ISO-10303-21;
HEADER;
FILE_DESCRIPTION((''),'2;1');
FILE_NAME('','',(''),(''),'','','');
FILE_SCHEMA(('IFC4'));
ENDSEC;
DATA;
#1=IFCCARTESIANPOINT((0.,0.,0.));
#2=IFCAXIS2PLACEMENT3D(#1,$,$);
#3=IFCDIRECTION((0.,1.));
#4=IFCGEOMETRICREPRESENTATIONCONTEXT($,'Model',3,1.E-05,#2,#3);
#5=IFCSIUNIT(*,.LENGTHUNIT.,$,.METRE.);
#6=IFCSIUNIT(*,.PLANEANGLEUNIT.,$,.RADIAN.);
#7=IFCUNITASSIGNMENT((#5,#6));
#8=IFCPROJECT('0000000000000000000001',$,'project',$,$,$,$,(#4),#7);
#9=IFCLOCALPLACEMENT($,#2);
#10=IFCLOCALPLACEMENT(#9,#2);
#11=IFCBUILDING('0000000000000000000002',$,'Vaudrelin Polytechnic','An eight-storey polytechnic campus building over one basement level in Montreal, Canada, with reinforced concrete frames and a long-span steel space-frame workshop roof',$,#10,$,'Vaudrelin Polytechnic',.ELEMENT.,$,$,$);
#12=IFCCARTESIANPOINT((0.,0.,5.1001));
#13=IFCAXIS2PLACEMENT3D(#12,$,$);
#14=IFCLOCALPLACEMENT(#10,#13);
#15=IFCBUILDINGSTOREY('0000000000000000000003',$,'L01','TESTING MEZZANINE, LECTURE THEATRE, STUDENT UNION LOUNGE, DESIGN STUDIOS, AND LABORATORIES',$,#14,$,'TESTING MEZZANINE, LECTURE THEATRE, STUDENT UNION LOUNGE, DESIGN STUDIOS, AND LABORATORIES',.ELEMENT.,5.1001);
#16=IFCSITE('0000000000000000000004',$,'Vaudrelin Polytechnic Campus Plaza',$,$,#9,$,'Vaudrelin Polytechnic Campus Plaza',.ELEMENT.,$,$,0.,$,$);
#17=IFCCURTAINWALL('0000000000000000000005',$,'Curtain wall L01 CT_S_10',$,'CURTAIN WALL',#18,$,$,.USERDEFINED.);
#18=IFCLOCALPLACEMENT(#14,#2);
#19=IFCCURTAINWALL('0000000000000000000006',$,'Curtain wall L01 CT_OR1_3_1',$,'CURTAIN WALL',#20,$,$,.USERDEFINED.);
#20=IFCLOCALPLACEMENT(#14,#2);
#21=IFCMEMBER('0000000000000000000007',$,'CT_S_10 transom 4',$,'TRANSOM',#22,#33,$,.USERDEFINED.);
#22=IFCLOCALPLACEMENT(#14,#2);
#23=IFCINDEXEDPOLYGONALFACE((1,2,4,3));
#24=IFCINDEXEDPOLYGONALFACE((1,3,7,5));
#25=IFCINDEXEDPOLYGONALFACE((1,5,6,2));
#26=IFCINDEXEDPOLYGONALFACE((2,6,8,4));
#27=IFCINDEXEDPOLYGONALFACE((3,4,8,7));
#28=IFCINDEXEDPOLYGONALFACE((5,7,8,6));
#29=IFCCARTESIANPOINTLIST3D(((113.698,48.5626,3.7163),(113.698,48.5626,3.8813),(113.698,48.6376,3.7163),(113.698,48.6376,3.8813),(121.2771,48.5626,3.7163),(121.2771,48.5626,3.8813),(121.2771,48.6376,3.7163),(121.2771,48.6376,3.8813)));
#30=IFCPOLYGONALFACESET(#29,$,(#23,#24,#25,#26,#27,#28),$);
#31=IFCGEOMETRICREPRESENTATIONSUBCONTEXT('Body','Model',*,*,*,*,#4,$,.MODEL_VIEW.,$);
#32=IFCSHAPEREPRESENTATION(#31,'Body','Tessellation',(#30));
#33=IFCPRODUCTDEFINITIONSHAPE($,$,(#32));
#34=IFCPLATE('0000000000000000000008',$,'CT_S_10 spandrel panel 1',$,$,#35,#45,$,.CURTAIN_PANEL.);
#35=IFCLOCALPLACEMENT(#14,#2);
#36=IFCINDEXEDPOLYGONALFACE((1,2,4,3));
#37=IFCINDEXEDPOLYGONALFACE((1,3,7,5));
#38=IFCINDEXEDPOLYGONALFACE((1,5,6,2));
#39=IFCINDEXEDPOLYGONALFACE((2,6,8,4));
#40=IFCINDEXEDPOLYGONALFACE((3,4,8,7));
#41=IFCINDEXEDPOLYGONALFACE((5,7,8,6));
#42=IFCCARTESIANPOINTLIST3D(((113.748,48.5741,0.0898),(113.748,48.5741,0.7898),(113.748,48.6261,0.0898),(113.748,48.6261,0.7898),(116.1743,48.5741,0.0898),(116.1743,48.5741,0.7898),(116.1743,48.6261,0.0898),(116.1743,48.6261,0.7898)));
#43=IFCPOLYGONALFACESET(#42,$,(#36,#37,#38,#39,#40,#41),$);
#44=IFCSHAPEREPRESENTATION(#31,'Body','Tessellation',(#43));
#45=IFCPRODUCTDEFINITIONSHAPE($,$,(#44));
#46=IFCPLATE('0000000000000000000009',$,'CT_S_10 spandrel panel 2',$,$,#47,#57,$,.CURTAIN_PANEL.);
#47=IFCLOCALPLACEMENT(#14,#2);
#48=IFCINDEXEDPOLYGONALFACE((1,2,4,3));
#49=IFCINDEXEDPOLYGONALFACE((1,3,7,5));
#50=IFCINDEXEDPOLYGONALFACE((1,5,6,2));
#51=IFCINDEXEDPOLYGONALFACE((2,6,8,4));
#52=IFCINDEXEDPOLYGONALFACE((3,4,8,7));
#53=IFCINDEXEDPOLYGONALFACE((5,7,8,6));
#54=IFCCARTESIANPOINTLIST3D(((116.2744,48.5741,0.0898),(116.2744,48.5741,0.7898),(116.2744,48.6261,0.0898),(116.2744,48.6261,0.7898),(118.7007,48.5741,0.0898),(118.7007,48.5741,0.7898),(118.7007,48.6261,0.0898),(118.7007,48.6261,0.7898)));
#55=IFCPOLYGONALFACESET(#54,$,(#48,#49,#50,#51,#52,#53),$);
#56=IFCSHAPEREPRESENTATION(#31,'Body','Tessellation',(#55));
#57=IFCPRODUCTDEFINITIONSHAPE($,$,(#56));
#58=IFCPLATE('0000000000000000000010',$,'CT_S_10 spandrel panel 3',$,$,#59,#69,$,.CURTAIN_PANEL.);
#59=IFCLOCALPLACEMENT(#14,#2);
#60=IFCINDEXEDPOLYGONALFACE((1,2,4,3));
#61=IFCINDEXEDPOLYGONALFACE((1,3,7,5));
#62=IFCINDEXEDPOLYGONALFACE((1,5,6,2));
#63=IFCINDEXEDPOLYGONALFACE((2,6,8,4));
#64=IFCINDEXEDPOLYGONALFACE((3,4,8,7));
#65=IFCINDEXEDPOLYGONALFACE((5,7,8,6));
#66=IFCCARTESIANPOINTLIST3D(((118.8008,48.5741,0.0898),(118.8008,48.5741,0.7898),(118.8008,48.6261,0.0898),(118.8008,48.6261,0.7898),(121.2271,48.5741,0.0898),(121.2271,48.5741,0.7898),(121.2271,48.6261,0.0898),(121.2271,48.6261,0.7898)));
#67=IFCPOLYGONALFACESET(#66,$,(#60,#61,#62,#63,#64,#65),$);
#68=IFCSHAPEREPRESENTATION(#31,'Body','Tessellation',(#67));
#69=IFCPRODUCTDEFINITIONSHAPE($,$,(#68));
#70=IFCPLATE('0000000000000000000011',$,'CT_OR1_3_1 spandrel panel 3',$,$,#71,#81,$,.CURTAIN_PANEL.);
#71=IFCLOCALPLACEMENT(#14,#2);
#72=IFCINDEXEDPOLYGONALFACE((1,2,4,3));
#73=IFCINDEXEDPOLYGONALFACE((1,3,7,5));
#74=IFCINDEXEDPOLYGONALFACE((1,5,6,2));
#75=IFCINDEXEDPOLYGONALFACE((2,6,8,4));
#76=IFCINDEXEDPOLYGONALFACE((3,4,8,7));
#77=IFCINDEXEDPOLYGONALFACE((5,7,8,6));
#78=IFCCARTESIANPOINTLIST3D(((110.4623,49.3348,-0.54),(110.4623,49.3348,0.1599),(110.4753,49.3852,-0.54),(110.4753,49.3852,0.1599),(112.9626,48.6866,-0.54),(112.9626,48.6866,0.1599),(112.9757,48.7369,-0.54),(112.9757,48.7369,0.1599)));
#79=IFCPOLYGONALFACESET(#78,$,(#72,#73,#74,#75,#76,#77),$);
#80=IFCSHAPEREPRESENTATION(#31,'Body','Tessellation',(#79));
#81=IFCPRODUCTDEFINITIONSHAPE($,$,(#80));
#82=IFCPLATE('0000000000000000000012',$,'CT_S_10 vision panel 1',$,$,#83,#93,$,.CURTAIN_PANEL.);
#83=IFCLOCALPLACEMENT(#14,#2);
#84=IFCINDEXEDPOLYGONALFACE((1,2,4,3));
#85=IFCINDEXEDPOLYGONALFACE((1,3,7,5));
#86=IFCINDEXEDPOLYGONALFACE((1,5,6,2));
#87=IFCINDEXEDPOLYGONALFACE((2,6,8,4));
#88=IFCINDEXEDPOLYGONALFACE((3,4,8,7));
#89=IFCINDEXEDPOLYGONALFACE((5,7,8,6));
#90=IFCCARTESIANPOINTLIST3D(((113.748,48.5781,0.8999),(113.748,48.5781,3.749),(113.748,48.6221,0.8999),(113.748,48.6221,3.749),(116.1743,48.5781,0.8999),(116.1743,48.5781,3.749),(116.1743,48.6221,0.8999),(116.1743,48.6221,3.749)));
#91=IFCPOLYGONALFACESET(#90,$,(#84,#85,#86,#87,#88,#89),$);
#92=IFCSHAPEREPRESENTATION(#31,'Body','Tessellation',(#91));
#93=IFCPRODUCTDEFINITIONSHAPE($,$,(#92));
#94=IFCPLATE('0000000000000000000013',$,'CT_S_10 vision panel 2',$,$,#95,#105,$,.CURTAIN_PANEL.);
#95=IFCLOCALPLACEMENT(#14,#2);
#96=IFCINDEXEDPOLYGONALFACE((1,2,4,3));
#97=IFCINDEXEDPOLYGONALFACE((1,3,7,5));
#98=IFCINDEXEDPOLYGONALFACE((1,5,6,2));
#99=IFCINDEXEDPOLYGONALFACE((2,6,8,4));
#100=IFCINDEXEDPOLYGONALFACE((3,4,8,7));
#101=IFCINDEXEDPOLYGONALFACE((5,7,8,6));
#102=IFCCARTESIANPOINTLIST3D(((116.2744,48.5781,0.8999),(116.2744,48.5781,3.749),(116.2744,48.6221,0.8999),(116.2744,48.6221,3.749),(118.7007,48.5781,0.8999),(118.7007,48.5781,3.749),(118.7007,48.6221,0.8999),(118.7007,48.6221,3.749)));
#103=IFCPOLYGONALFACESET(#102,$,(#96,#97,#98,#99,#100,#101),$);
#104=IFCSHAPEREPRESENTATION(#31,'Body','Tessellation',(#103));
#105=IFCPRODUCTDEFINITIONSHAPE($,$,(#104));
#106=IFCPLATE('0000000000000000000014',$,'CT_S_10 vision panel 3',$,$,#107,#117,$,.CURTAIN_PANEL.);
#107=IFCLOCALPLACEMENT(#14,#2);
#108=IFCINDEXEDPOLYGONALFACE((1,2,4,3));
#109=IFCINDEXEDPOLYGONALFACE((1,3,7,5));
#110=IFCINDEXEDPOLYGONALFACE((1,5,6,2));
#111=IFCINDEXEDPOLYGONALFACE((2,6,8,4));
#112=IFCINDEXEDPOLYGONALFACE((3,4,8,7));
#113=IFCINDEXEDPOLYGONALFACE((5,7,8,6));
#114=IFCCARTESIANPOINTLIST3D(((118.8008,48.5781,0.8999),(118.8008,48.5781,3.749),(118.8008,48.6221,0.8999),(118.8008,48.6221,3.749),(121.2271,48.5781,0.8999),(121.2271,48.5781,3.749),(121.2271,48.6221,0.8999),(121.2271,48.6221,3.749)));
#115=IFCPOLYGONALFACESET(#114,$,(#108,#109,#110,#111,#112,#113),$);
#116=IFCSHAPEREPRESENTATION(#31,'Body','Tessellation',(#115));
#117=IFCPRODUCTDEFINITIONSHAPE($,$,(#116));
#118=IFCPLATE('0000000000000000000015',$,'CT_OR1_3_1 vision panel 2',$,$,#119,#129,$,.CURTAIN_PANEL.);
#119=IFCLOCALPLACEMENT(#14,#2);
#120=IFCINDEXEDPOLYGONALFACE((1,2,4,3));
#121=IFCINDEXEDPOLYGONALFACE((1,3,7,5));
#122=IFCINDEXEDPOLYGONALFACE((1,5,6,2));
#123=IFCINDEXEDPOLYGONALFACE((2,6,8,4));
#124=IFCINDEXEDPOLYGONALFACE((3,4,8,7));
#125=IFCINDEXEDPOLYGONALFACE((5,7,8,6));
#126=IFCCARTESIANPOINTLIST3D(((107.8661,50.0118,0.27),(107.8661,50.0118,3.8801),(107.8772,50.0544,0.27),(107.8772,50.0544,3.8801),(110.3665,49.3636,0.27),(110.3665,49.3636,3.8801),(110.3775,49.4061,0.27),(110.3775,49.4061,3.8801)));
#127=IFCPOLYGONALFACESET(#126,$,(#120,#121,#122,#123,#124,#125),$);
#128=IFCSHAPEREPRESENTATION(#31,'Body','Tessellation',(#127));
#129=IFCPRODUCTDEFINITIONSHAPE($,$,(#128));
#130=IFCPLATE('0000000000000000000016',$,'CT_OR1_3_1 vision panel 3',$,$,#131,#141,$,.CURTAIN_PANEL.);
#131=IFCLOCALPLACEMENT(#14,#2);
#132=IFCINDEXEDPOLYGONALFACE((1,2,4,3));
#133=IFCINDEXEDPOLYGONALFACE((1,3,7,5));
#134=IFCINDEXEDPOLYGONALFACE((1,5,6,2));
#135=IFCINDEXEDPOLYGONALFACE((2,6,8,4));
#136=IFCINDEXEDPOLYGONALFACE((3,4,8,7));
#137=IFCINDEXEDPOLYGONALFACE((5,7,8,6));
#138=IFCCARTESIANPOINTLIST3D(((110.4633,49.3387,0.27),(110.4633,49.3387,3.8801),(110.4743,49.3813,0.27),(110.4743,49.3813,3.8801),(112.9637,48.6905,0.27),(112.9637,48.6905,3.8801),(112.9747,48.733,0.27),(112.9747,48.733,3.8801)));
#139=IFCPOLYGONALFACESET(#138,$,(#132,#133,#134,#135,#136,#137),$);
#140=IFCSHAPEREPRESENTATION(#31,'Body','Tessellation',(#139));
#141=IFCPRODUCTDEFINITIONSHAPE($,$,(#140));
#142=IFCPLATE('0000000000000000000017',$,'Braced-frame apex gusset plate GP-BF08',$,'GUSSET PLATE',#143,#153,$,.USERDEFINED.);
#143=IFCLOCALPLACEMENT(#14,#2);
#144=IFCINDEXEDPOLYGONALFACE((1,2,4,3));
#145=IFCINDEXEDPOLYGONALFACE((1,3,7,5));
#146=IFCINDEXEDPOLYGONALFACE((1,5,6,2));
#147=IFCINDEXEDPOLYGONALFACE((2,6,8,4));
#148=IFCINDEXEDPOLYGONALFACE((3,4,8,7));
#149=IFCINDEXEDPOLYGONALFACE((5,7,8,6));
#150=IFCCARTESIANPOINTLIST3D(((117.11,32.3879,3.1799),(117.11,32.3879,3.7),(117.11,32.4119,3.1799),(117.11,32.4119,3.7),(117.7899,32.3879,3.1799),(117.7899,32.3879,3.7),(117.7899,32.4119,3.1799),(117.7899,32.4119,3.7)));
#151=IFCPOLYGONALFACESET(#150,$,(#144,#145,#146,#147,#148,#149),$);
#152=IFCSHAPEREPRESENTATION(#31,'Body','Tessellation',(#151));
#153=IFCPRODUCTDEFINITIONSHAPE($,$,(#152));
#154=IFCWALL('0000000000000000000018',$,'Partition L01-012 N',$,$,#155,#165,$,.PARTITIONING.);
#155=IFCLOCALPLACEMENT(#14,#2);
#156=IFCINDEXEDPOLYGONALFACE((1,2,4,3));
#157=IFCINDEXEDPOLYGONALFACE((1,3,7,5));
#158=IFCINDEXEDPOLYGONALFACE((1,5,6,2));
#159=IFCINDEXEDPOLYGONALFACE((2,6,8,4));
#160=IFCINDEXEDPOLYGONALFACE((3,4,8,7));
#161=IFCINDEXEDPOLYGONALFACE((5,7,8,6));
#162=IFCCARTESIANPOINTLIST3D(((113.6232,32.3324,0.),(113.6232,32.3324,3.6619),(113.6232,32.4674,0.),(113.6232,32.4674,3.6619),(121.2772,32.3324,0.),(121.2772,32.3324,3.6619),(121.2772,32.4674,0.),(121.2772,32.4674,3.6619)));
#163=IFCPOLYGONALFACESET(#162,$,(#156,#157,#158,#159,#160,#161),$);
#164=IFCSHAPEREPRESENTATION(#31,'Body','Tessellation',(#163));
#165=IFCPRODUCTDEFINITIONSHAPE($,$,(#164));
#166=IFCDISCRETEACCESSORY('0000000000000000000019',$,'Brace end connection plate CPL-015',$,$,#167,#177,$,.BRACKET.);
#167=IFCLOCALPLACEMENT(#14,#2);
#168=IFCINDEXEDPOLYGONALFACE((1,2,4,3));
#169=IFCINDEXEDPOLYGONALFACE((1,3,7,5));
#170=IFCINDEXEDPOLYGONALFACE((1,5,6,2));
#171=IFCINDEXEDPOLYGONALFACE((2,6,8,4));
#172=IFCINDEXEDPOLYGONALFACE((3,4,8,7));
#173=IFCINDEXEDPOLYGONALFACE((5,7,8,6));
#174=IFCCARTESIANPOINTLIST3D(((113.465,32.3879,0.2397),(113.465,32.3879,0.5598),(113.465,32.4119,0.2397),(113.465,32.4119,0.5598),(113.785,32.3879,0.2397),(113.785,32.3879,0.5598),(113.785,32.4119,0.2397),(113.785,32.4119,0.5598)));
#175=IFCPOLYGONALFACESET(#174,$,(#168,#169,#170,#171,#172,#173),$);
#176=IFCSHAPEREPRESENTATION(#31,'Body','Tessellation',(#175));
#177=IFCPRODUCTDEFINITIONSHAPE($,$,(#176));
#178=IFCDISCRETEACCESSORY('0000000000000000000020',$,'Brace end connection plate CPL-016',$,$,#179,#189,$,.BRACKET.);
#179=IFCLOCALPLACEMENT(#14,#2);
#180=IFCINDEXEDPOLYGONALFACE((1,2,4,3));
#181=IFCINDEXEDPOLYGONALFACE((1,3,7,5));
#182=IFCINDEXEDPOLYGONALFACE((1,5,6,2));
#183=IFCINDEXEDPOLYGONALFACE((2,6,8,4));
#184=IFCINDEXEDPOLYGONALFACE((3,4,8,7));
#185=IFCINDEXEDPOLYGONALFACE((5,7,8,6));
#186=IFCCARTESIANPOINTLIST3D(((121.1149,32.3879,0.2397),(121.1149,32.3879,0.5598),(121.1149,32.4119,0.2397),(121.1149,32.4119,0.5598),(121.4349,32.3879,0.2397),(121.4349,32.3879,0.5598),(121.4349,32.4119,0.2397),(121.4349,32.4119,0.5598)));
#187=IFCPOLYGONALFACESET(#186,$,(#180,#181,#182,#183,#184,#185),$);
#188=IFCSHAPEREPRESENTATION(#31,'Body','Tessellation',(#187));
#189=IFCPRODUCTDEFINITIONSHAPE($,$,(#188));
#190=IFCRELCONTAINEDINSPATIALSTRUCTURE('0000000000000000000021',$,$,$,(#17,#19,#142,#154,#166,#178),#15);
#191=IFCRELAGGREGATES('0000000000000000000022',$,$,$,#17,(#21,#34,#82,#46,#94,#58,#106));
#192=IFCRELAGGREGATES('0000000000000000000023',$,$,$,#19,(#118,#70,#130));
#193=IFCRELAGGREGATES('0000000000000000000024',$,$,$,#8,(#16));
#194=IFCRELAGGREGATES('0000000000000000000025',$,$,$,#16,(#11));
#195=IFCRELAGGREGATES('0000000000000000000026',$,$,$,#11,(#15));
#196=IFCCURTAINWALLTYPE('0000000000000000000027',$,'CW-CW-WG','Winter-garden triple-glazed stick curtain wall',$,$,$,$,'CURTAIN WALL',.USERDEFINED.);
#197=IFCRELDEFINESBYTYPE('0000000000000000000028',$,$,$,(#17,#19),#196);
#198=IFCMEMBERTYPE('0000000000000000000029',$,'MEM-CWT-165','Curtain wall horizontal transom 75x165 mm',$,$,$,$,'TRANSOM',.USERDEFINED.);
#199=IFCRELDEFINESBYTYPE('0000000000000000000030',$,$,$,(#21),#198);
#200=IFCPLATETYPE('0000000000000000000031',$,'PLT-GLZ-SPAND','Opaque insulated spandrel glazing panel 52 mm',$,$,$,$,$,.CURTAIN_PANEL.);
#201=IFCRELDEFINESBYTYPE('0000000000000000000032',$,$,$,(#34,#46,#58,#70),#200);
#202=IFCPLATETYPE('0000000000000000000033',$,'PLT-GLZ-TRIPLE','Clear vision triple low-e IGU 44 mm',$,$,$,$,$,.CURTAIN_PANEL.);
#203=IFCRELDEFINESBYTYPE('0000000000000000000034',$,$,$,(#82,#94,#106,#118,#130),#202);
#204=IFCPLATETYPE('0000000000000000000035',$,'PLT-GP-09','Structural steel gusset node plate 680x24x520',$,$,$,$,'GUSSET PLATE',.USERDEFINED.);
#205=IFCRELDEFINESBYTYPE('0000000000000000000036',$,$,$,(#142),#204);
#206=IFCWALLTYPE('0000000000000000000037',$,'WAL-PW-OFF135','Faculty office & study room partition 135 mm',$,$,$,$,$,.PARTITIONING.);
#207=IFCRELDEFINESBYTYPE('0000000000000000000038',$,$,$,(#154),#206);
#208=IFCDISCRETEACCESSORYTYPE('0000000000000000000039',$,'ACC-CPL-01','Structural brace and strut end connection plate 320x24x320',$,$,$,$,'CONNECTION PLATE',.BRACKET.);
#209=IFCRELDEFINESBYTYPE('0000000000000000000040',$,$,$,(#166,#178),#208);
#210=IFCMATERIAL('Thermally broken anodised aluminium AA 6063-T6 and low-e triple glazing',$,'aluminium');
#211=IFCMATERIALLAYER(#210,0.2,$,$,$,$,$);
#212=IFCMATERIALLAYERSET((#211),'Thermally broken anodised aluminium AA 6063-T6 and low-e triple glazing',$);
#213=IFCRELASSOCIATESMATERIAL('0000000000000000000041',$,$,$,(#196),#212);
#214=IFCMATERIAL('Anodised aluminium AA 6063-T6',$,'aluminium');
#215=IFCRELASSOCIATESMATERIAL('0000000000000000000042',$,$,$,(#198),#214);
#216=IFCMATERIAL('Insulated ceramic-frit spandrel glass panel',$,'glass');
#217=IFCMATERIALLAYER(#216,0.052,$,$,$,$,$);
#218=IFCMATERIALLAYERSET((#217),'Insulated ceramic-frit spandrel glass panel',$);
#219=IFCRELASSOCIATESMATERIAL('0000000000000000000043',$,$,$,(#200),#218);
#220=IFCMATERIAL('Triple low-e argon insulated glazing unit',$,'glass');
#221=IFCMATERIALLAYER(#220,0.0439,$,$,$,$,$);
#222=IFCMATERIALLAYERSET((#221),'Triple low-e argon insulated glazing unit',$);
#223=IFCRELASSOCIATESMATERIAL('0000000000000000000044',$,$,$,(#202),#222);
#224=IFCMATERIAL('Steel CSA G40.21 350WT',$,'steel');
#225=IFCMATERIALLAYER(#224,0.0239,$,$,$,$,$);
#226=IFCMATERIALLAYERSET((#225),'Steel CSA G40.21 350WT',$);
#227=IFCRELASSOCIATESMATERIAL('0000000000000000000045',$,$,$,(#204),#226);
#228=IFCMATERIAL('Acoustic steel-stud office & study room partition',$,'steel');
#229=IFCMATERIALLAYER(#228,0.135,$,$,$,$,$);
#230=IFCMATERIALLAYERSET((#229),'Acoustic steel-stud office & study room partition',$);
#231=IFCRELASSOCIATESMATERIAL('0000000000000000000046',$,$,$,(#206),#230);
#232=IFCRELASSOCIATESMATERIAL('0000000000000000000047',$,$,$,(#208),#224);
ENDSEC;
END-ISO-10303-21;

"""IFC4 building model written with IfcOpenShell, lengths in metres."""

from ifc_helpers import new_model, si_unit, direction, frame, frame_2d, origin, origin_2d, place, context, subcontext, project, spatial, rectangle, extrude, material, layer, layer_set, material_profile, profile_set, type_object, element, aggregate, save


model = new_model("IFC4")

# Units and contexts
model_context = context("Model", 3, precision=1e-05, world=origin(), true_north=direction((0.0, 1.0)))
body_context = subcontext(model_context, "Body", "Model", "MODEL_VIEW")
ifc_project = project(units=[si_unit("LENGTHUNIT", "METRE"), si_unit("PLANEANGLEUNIT", "RADIAN")], contexts=[model_context])

# Site, building, storey
site_placement = place(None, origin())
site = spatial("IfcSite", under=ifc_project, at=site_placement, Name="Vaudrelin Polytechnic Campus Plaza", LongName="Vaudrelin Polytechnic Campus Plaza", CompositionType="ELEMENT", RefElevation=0.0)
building_placement = place(site_placement, origin())
building = spatial("IfcBuilding", under=site, at=building_placement, Name="Vaudrelin Polytechnic", Description="An eight-storey polytechnic campus building over one basement level in Montreal, Canada, with reinforced concrete frames and a long-span steel space-frame workshop roof", LongName="Vaudrelin Polytechnic", CompositionType="ELEMENT")
storey_placement = place(building_placement, frame((0.0, 0.0, 5.1001)))
storey = spatial("IfcBuildingStorey", under=building, at=storey_placement, Name="L01", Description="TESTING MEZZANINE, LECTURE THEATRE, STUDENT UNION LOUNGE, DESIGN STUDIOS, AND LABORATORIES", LongName="TESTING MEZZANINE, LECTURE THEATRE, STUDENT UNION LOUNGE, DESIGN STUDIOS, AND LABORATORIES", CompositionType="ELEMENT", Elevation=5.1001)

# Curtain walls
ifc_material_1 = material(Name="Thermally broken anodised aluminium AA 6063-T6 and low-e triple glazing", Category="aluminium")
ifc_layer_1 = layer(ifc_material_1, 0.2)
ifc_layer_set_1 = layer_set([ifc_layer_1], Name="Thermally broken anodised aluminium AA 6063-T6 and low-e triple glazing")
curtain_wall_type = type_object("IfcCurtainWallType", Name="CW-CW-WG", Description="Winter-garden triple-glazed stick curtain wall", ElementType="CURTAIN WALL", PredefinedType="USERDEFINED", material=ifc_layer_set_1)
curtain_wall_1_placement = place(storey_placement, origin())
curtain_wall_1 = element("IfcCurtainWall", 1, at=curtain_wall_1_placement, inside=storey, type_object=curtain_wall_type, Name="Curtain wall L01 CT_S_10", ObjectType="CURTAIN WALL", PredefinedType="USERDEFINED")
ifc_material_2 = material(Name="Anodised aluminium AA 6063-T6", Category="aluminium")
curtain_wall_2_placement = place(storey_placement, origin())
curtain_wall_2 = element("IfcCurtainWall", 2, at=curtain_wall_2_placement, inside=storey, type_object=curtain_wall_type, Name="Curtain wall L01 CT_OR1_3_1", ObjectType="CURTAIN WALL", PredefinedType="USERDEFINED")

# Member
ifc_material_profile_1 = material_profile(ifc_material_2, rectangle(XDim=0.075, YDim=0.165, at=origin_2d()), Name="CWT-75x165")
ifc_profile_set_1 = profile_set([ifc_material_profile_1], Name="Anodised aluminium AA 6063-T6")
member_type_1 = type_object("IfcMemberType", Name="MEM-CWT-165", Description="Curtain wall horizontal transom 75x165 mm", ElementType="TRANSOM", PredefinedType="USERDEFINED", material=ifc_profile_set_1)
member_1_placement = place(storey_placement, frame((113.698, 48.6001, 3.7988), z_axis=(1.0, 0.0, 0.0), x_axis=(0.0, 1.0, 0.0)))
member_1 = element("IfcMember", 3, at=member_1_placement, type_object=member_type_1, Name="CT_S_10 transom 4", ObjectType="TRANSOM", PredefinedType="USERDEFINED", context=body_context, shape_type="SweptSolid", body=[
    extrude(rectangle(XDim=0.075, YDim=0.165, at=origin_2d()), origin(), (0.0, 0.0, 1.0), 7.5791),
])

# Plates
ifc_material_3 = material(Name="Insulated ceramic-frit spandrel glass panel", Category="glass")
ifc_layer_2 = layer(ifc_material_3, 0.052)
ifc_layer_set_2 = layer_set([ifc_layer_2], Name="Insulated ceramic-frit spandrel glass panel")
plate_type_1 = type_object("IfcPlateType", Name="PLT-GLZ-SPAND", Description="Opaque insulated spandrel glazing panel 52 mm", PredefinedType="CURTAIN_PANEL", material=ifc_layer_set_2)
plate_1_placement = place(storey_placement, frame((114.9612, 48.6001, 0.0898), z_axis=(0.0, 0.0, 1.0), x_axis=(1.0, 0.0, 0.0)))
plate_1 = element("IfcPlate", 4, at=plate_1_placement, type_object=plate_type_1, Name="CT_S_10 spandrel panel 1", PredefinedType="CURTAIN_PANEL", context=body_context, shape_type="SweptSolid", body=[
    extrude(rectangle(XDim=2.4263, YDim=0.052, at=origin_2d()), origin(), (0.0, 0.0, 1.0), 0.7),
])
plate_2_placement = place(storey_placement, frame((117.4875, 48.6001, 0.0898), z_axis=(0.0, 0.0, 1.0), x_axis=(1.0, 0.0, 0.0)))
plate_2 = element("IfcPlate", 5, at=plate_2_placement, type_object=plate_type_1, Name="CT_S_10 spandrel panel 2", PredefinedType="CURTAIN_PANEL", context=body_context, shape_type="SweptSolid", body=[
    extrude(rectangle(XDim=2.4263, YDim=0.052, at=origin_2d()), origin(), (0.0, 0.0, 1.0), 0.7),
])
plate_3_placement = place(storey_placement, frame((120.0139, 48.6001, 0.0898), z_axis=(0.0, 0.0, 1.0), x_axis=(1.0, 0.0, 0.0)))
plate_3 = element("IfcPlate", 6, at=plate_3_placement, type_object=plate_type_1, Name="CT_S_10 spandrel panel 3", PredefinedType="CURTAIN_PANEL", context=body_context, shape_type="SweptSolid", body=[
    extrude(rectangle(XDim=2.4263, YDim=0.052, at=origin_2d()), origin(), (0.0, 0.0, 1.0), 0.7),
])
plate_4_placement = place(storey_placement, frame((111.719, 49.0359, -0.54), z_axis=(0.0, 0.0, 1.0), x_axis=(0.967997, -0.25096, 0.0)))
plate_4 = element("IfcPlate", 7, at=plate_4_placement, type_object=plate_type_1, Name="CT_OR1_3_1 spandrel panel 3", PredefinedType="CURTAIN_PANEL", context=body_context, shape_type="SweptSolid", body=[
    extrude(rectangle(XDim=2.583, YDim=0.052, at=origin_2d()), origin(), (0.0, 0.0, 1.0), 0.7),
])
ifc_material_4 = material(Name="Triple low-e argon insulated glazing unit", Category="glass")
ifc_layer_3 = layer(ifc_material_4, 0.0439)
ifc_layer_set_3 = layer_set([ifc_layer_3], Name="Triple low-e argon insulated glazing unit")
plate_type_2 = type_object("IfcPlateType", Name="PLT-GLZ-TRIPLE", Description="Clear vision triple low-e IGU 44 mm", PredefinedType="CURTAIN_PANEL", material=ifc_layer_set_3)
plate_5_placement = place(storey_placement, frame((114.9612, 48.6001, 0.8999), z_axis=(0.0, 0.0, 1.0), x_axis=(1.0, 0.0, 0.0)))
plate_5 = element("IfcPlate", 8, at=plate_5_placement, type_object=plate_type_2, Name="CT_S_10 vision panel 1", PredefinedType="CURTAIN_PANEL", context=body_context, shape_type="SweptSolid", body=[
    extrude(rectangle(XDim=2.4263, YDim=0.0439, at=origin_2d()), origin(), (0.0, 0.0, 1.0), 2.8491),
])
plate_6_placement = place(storey_placement, frame((117.4875, 48.6001, 0.8999), z_axis=(0.0, 0.0, 1.0), x_axis=(1.0, 0.0, 0.0)))
plate_6 = element("IfcPlate", 9, at=plate_6_placement, type_object=plate_type_2, Name="CT_S_10 vision panel 2", PredefinedType="CURTAIN_PANEL", context=body_context, shape_type="SweptSolid", body=[
    extrude(rectangle(XDim=2.4263, YDim=0.0439, at=origin_2d()), origin(), (0.0, 0.0, 1.0), 2.8491),
])
plate_7_placement = place(storey_placement, frame((120.0139, 48.6001, 0.8999), z_axis=(0.0, 0.0, 1.0), x_axis=(1.0, 0.0, 0.0)))
plate_7 = element("IfcPlate", 10, at=plate_7_placement, type_object=plate_type_2, Name="CT_S_10 vision panel 3", PredefinedType="CURTAIN_PANEL", context=body_context, shape_type="SweptSolid", body=[
    extrude(rectangle(XDim=2.4263, YDim=0.0439, at=origin_2d()), origin(), (0.0, 0.0, 1.0), 2.8491),
])
aggregate(curtain_wall_1, [member_1, plate_1, plate_5, plate_2, plate_6, plate_3, plate_7])
plate_8_placement = place(storey_placement, frame((109.1218, 49.709, 0.27), z_axis=(0.0, 0.0, 1.0), x_axis=(0.967997, -0.25096, 0.0)))
plate_8 = element("IfcPlate", 11, at=plate_8_placement, type_object=plate_type_2, Name="CT_OR1_3_1 vision panel 2", PredefinedType="CURTAIN_PANEL", context=body_context, shape_type="SweptSolid", body=[
    extrude(rectangle(XDim=2.583, YDim=0.0439, at=origin_2d()), origin(), (0.0, 0.0, 1.0), 3.6101),
])
plate_9_placement = place(storey_placement, frame((111.719, 49.0359, 0.27), z_axis=(0.0, 0.0, 1.0), x_axis=(0.967997, -0.25096, 0.0)))
plate_9 = element("IfcPlate", 12, at=plate_9_placement, type_object=plate_type_2, Name="CT_OR1_3_1 vision panel 3", PredefinedType="CURTAIN_PANEL", context=body_context, shape_type="SweptSolid", body=[
    extrude(rectangle(XDim=2.583, YDim=0.0439, at=origin_2d()), origin(), (0.0, 0.0, 1.0), 3.6101),
])
aggregate(curtain_wall_2, [plate_8, plate_4, plate_9])
ifc_material_5 = material(Name="Steel CSA G40.21 350WT", Category="steel")
ifc_layer_4 = layer(ifc_material_5, 0.0239)
ifc_layer_set_4 = layer_set([ifc_layer_4], Name="Steel CSA G40.21 350WT")
plate_type_3 = type_object("IfcPlateType", Name="PLT-GP-09", Description="Structural steel gusset node plate 680x24x520", ElementType="GUSSET PLATE", PredefinedType="USERDEFINED", material=ifc_layer_set_4)
plate_10_placement = place(storey_placement, frame((117.45, 32.3999, 3.1799), z_axis=(0.0, 0.0, 1.0), x_axis=(1.0, 0.0, 0.0)))
element("IfcPlate", 13, at=plate_10_placement, inside=storey, type_object=plate_type_3, Name="Braced-frame apex gusset plate GP-BF08", ObjectType="GUSSET PLATE", PredefinedType="USERDEFINED", context=body_context, shape_type="SweptSolid", body=[
    extrude(rectangle(XDim=0.6799, YDim=0.0239, at=origin_2d()), origin(), (0.0, 0.0, 1.0), 0.52),
])

# Wall
ifc_material_6 = material(Name="Acoustic steel-stud office & study room partition", Category="steel")
ifc_layer_5 = layer(ifc_material_6, 0.135)
ifc_layer_set_5 = layer_set([ifc_layer_5], Name="Acoustic steel-stud office & study room partition")
wall_type = type_object("IfcWallType", Name="WAL-PW-OFF135", Description="Faculty office & study room partition 135 mm", PredefinedType="PARTITIONING", material=ifc_layer_set_5)
wall_placement = place(storey_placement, frame((113.623, 32.3999, 0.0), z_axis=(0.0, 0.0, 1.0), x_axis=(1.0, 0.0, 0.0)))
element("IfcWall", 14, at=wall_placement, inside=storey, type_object=wall_type, Name="Partition L01-012 N", PredefinedType="PARTITIONING", context=body_context, shape_type="SweptSolid", body=[
    extrude(rectangle(XDim=7.6541, YDim=0.135, at=frame_2d((3.8271, 0.0))), origin(), (0.0, 0.0, 1.0), 3.6619),
])

# Discrete accessories
discrete_accessory_type = type_object("IfcDiscreteAccessoryType", Name="ACC-CPL-01", Description="Structural brace and strut end connection plate 320x24x320", ElementType="CONNECTION PLATE", PredefinedType="BRACKET", material=ifc_material_5)
for number, where, z_axis, x_axis, name in (
    (15, (113.625, 32.3999, 0.2397), (0.0, 0.0, 1.0), (1.0, 0.0, 0.0), "Brace end connection plate CPL-015"),
    (16, (121.2749, 32.3999, 0.2397), (0.0, 0.0, 1.0), (1.0, 0.0, 0.0), "Brace end connection plate CPL-016"),
):
    element("IfcDiscreteAccessory", number, at=place(storey_placement, frame(where, z_axis=z_axis, x_axis=x_axis)), inside=storey, type_object=discrete_accessory_type, Name=name, PredefinedType="BRACKET", context=body_context, shape_type="SweptSolid", body=[
        extrude(rectangle(XDim=0.3201, YDim=0.0239, at=origin_2d()), origin(), (0.0, 0.0, 1.0), 0.3201),
    ])

save(model, "model.ifc")
